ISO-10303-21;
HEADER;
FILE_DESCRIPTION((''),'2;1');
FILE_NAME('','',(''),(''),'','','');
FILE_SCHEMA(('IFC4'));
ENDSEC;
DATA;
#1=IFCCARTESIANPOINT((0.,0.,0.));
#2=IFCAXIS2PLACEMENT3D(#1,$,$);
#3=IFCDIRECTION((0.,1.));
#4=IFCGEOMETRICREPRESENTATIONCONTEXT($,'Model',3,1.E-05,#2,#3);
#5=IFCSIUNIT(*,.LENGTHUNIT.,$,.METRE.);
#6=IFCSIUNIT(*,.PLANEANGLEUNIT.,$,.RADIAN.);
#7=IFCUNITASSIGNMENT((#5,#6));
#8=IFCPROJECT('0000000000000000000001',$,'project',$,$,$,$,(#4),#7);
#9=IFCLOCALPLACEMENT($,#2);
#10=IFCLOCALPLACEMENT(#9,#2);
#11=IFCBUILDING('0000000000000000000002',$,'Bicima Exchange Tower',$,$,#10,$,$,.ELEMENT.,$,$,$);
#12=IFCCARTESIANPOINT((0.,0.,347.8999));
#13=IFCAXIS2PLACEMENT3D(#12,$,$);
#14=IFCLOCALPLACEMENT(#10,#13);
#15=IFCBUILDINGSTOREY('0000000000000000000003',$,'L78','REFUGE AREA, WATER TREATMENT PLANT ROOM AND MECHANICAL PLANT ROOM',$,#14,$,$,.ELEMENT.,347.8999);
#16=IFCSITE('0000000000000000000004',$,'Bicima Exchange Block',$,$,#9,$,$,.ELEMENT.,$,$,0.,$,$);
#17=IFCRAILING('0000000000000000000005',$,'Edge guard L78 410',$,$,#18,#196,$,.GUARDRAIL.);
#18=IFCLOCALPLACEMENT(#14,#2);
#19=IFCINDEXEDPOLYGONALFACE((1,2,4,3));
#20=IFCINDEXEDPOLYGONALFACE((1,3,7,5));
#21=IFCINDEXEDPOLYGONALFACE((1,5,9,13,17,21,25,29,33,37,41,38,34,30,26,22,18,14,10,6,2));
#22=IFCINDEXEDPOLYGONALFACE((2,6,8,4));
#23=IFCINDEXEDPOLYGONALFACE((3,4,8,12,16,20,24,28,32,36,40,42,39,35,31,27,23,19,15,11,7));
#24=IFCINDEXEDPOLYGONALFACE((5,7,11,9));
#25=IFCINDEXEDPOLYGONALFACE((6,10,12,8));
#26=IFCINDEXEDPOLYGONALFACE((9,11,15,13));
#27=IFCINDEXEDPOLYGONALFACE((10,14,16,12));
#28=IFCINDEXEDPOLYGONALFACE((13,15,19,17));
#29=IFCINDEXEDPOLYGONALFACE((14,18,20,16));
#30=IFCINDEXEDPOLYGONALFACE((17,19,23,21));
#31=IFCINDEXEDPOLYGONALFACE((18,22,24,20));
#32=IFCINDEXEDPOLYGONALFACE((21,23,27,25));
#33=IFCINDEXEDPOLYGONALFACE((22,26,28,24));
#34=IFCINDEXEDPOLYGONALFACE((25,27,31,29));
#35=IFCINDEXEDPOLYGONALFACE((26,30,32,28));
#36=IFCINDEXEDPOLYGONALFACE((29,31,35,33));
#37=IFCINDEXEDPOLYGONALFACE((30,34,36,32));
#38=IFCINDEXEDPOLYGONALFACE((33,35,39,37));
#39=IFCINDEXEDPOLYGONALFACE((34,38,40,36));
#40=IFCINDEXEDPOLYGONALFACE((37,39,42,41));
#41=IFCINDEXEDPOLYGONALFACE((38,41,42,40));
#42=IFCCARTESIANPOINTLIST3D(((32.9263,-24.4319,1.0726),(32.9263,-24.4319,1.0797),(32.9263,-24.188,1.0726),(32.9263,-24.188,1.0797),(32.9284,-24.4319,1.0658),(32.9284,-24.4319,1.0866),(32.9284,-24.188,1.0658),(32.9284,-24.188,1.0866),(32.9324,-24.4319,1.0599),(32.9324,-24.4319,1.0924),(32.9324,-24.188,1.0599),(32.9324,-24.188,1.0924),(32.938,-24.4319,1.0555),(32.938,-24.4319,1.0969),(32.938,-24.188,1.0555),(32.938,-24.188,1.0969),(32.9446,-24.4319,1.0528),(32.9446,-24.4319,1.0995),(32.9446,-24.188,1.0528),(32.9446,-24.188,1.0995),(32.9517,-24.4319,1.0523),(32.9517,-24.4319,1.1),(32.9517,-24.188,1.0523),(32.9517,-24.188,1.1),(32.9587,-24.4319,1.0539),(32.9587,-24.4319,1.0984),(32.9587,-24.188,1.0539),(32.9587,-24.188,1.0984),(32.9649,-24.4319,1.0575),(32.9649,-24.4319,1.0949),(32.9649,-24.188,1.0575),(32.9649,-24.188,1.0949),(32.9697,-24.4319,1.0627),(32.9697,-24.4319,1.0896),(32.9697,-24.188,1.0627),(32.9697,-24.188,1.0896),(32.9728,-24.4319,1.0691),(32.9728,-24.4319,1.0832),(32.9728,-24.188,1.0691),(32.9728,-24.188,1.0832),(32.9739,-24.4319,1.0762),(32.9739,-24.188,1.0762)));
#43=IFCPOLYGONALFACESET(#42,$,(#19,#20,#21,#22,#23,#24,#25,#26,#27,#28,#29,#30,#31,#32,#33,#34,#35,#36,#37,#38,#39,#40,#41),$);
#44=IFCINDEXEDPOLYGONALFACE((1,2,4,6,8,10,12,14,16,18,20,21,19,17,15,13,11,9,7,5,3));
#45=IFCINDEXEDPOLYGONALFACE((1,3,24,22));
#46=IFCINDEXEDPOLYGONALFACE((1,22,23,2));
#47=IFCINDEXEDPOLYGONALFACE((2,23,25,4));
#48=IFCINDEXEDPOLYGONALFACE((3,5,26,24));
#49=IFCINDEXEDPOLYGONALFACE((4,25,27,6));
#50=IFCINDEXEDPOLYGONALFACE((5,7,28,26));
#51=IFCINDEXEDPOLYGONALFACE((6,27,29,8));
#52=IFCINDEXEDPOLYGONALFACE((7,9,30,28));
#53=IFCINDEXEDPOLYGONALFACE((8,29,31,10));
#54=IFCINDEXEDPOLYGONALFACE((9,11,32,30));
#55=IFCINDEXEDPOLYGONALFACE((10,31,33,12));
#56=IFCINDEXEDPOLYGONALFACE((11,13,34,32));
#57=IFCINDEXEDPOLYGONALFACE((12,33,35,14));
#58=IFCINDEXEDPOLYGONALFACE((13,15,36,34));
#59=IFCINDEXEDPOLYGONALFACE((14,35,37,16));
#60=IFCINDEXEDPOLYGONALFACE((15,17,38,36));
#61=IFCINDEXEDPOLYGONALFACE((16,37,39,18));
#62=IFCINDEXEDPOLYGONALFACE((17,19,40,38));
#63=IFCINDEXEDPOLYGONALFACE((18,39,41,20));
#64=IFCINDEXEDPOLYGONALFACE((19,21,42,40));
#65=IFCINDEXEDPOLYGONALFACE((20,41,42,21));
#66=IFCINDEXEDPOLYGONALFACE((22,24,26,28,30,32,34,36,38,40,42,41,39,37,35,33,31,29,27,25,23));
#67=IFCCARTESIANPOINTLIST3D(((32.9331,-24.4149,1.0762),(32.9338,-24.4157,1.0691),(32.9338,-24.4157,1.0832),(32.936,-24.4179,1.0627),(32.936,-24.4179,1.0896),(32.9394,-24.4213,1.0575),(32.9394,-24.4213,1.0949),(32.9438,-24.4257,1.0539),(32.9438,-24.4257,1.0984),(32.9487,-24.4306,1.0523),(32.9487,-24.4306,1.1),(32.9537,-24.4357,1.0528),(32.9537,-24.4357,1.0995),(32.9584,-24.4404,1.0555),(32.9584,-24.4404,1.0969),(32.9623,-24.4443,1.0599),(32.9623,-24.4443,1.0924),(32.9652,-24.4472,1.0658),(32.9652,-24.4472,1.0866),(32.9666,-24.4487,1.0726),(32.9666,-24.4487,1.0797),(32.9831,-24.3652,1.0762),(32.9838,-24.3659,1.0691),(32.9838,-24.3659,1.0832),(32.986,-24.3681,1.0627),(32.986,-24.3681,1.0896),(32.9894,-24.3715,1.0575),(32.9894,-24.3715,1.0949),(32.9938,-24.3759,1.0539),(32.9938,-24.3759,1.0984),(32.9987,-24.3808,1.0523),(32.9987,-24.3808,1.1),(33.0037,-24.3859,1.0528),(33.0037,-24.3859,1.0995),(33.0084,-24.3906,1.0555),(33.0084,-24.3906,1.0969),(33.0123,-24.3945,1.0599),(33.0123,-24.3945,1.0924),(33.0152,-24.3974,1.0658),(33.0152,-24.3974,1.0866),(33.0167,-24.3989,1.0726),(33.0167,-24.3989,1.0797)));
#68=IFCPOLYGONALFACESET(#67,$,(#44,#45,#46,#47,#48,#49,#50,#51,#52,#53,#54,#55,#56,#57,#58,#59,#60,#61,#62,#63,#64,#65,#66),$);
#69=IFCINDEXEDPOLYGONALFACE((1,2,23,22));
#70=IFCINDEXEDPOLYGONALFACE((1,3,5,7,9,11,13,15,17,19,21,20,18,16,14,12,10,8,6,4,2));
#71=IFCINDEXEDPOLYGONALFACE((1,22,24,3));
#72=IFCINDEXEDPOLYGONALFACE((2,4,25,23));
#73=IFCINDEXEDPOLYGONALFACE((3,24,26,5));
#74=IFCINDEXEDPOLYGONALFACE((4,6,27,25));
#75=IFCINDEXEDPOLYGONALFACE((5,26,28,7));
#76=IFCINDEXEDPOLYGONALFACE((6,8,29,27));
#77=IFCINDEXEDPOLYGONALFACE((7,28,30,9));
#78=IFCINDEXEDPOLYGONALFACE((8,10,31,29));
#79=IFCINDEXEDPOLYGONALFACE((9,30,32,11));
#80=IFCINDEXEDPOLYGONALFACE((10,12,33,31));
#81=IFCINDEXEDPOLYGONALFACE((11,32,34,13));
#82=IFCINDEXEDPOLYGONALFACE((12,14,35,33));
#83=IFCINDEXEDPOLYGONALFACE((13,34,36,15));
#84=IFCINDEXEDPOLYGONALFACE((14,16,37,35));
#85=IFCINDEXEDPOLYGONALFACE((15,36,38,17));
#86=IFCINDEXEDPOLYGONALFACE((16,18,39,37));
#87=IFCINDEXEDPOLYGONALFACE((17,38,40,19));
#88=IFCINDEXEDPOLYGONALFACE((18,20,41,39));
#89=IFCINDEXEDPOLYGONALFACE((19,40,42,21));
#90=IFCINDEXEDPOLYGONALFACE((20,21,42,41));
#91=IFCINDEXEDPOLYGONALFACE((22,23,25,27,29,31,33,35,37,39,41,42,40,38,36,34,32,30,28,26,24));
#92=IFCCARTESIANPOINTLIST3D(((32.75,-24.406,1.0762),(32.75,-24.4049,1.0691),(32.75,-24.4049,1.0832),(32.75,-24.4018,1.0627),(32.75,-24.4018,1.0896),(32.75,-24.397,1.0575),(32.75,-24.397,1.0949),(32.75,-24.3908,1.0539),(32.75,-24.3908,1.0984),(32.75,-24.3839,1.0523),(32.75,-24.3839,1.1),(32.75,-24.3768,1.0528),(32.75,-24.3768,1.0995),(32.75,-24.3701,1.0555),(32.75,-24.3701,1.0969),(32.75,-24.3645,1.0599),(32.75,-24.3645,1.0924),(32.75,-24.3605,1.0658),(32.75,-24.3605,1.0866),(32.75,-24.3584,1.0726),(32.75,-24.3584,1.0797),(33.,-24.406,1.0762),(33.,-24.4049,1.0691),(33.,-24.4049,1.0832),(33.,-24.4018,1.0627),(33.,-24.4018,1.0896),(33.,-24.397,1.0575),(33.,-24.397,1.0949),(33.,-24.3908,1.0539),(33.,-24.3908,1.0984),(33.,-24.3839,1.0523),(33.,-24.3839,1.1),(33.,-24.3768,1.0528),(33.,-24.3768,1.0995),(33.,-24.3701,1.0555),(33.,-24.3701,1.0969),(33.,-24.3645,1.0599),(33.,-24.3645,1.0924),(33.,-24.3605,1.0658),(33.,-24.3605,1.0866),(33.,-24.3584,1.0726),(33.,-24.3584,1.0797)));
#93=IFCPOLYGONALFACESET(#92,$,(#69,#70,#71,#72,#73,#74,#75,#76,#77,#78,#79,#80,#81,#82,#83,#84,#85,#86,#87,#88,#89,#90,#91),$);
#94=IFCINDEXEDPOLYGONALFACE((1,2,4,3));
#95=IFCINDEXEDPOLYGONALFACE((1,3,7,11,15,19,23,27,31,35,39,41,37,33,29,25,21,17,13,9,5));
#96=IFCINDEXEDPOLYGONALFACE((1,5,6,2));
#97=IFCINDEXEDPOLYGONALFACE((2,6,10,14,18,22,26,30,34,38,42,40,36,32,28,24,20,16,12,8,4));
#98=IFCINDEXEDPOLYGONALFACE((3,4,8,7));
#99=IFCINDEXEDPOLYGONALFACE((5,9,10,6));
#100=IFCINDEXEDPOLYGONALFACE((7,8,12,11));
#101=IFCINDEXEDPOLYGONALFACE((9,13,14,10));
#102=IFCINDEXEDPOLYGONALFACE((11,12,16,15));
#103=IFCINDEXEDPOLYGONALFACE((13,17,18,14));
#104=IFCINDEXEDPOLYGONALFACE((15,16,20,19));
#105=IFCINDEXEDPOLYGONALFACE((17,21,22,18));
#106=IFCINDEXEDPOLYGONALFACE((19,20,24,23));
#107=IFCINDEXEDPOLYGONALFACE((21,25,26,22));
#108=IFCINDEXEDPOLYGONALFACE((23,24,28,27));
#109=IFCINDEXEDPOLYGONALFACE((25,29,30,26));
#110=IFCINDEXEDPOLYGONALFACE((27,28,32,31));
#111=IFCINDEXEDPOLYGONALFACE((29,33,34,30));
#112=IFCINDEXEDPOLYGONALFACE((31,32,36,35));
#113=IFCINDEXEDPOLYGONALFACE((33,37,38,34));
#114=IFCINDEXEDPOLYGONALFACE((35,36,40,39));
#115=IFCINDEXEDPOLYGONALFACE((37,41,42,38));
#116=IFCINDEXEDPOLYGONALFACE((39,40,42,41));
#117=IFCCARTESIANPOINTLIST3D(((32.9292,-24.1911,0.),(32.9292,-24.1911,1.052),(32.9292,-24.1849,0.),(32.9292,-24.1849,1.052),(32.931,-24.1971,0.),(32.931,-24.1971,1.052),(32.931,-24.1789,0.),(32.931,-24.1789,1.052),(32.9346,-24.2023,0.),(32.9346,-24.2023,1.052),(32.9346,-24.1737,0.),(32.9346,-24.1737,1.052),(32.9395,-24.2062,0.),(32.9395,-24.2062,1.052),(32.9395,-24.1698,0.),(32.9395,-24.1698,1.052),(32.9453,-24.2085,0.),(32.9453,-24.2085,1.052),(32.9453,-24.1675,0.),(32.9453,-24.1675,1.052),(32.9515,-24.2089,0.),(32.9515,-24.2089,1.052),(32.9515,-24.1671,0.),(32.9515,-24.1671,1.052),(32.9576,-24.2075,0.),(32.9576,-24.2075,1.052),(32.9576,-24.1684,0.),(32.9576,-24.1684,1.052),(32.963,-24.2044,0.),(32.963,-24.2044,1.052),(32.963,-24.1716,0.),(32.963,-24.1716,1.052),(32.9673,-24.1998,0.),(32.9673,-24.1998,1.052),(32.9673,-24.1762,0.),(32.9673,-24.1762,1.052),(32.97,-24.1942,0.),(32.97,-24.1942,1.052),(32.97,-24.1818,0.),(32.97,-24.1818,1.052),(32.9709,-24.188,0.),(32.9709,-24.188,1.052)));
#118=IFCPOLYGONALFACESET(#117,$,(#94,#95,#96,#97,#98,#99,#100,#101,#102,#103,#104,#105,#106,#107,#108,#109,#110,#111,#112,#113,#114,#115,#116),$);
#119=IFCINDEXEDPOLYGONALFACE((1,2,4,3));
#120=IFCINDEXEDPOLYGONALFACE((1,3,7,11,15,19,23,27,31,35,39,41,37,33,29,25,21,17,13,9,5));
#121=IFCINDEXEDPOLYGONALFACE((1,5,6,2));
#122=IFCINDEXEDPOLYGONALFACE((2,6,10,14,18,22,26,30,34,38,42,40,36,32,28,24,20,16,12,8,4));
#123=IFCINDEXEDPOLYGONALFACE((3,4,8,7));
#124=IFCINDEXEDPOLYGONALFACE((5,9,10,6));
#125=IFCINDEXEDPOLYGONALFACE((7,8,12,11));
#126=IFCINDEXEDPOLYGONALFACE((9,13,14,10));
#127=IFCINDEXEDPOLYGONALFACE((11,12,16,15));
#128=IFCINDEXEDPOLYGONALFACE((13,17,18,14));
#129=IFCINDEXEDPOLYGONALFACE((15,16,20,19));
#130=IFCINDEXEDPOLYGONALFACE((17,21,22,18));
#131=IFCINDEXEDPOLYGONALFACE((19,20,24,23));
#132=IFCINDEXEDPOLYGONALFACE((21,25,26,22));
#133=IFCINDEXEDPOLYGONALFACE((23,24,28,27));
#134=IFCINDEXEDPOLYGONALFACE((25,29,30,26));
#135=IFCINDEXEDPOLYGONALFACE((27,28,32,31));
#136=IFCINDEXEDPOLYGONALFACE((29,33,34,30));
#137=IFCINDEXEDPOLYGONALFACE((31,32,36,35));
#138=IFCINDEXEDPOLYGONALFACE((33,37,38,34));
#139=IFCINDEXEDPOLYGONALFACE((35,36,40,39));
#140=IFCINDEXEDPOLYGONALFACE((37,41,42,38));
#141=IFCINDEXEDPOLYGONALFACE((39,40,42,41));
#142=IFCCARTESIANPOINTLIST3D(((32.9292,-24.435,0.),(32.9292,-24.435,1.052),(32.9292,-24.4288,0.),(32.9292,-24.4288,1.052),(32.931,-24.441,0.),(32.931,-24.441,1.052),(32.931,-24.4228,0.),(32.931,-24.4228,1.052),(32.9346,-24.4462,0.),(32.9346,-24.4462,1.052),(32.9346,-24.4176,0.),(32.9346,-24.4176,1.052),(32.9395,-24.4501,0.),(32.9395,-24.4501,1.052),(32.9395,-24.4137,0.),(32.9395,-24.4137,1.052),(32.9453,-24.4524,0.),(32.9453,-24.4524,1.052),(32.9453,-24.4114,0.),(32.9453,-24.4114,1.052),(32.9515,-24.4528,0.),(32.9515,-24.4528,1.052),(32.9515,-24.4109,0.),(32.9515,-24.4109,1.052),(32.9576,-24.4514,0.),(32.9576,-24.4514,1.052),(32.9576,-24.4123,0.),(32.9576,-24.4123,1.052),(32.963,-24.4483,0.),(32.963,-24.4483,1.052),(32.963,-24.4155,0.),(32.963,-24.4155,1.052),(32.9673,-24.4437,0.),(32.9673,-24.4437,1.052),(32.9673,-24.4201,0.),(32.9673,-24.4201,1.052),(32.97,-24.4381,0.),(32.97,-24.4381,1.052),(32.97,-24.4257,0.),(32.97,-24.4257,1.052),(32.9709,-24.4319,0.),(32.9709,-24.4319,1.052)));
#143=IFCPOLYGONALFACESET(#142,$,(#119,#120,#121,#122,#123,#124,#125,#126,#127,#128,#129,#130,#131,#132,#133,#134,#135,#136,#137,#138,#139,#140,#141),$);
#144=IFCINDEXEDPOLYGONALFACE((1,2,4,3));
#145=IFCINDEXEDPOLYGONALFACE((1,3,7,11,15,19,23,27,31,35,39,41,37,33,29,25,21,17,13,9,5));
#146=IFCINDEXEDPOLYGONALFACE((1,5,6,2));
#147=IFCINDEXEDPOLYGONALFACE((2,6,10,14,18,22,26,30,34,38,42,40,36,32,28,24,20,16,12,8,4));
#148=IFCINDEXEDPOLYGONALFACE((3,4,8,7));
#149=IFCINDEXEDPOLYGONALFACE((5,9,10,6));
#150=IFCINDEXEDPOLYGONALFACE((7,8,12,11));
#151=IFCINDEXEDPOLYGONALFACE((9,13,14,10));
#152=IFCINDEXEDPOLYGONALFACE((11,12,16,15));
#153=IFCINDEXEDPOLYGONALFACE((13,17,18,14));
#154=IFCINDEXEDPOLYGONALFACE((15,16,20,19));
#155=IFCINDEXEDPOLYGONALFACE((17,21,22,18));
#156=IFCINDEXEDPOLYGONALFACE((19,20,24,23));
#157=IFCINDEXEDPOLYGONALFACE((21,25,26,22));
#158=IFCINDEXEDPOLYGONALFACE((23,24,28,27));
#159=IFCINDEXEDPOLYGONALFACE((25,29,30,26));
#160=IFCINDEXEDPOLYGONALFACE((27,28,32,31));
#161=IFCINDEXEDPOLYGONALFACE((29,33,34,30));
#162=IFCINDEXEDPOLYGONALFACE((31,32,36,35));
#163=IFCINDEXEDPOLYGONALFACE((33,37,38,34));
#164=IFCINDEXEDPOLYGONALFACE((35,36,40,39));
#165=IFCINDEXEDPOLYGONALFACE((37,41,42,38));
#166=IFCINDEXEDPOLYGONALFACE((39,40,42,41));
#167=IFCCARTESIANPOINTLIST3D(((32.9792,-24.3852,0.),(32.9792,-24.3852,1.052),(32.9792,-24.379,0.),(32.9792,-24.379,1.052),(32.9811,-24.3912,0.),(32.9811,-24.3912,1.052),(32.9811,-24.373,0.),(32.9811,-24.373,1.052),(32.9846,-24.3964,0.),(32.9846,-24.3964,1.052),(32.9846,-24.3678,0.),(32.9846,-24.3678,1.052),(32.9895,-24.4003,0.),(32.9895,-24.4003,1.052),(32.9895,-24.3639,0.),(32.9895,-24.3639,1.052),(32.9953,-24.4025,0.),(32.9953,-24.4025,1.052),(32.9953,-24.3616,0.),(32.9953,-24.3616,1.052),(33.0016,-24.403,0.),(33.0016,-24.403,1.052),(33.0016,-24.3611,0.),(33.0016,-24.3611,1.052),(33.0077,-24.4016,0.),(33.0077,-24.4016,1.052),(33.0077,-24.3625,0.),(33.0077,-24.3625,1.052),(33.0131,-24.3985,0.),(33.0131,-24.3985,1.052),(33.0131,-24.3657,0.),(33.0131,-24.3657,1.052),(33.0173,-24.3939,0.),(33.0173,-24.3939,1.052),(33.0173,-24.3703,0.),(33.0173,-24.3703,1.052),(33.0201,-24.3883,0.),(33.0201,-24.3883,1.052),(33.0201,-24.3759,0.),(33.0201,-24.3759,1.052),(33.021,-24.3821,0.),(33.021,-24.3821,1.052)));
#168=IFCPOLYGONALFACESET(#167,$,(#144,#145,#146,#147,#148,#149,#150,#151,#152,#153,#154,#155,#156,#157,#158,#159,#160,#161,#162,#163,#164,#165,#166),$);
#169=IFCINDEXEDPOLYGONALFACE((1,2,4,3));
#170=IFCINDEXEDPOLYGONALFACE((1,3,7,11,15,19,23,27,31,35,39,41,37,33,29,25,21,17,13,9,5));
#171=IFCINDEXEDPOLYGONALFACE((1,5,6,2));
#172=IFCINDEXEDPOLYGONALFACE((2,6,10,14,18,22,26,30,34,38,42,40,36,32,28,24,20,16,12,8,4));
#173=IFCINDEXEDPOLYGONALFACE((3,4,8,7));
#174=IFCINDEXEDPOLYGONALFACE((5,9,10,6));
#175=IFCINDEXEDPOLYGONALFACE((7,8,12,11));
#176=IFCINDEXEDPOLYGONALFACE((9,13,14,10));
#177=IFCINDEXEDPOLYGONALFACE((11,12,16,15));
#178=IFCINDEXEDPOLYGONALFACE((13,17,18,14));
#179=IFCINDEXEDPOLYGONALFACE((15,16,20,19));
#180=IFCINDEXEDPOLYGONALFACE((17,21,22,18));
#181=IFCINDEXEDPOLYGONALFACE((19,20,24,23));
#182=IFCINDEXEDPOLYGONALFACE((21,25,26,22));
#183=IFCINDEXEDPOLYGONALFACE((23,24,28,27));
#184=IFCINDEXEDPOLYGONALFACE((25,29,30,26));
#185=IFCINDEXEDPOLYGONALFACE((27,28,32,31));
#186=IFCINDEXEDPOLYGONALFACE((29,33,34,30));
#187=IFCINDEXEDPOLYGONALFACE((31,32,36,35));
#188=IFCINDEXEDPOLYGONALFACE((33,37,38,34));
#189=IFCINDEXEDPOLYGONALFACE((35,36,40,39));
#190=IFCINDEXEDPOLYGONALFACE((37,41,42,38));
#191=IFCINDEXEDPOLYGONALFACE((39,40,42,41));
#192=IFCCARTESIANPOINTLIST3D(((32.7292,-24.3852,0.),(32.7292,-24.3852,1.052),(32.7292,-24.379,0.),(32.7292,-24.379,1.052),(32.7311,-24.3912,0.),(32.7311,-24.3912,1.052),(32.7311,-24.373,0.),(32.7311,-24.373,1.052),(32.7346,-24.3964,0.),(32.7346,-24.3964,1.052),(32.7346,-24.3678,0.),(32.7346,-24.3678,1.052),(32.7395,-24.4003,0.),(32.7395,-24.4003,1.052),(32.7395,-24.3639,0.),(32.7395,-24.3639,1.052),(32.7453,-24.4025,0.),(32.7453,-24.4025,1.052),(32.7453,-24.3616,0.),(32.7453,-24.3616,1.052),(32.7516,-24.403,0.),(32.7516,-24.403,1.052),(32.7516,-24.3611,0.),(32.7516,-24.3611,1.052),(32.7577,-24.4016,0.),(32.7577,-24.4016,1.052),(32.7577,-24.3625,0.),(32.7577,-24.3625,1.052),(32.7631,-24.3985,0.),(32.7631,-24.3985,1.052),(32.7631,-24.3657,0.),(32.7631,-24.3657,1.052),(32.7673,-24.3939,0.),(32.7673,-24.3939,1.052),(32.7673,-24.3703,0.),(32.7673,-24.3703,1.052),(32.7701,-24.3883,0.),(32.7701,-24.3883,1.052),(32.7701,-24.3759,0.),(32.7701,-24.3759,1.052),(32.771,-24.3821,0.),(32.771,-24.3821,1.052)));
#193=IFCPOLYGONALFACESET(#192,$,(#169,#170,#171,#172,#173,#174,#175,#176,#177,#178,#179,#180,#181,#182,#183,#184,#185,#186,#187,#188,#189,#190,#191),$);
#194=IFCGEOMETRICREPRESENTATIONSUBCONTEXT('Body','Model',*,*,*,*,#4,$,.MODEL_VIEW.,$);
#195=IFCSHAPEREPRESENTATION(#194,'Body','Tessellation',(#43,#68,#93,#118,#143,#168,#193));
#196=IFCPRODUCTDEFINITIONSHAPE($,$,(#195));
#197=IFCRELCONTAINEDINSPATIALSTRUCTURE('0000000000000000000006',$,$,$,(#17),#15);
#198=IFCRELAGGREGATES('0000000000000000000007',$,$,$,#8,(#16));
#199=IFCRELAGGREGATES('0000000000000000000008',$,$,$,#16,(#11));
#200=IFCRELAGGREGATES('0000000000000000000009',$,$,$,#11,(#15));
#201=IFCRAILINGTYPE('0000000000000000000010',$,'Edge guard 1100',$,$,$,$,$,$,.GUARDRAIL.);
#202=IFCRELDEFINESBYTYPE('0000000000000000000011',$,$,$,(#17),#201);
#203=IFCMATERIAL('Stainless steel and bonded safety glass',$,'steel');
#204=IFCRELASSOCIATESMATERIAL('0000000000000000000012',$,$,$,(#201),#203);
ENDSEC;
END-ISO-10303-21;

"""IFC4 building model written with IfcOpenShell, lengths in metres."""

from ifc_helpers import new_model, si_unit, direction, frame, origin, origin_2d, place, context, subcontext, project, spatial, circle, extrude, material, type_object, element, save


model = new_model("IFC4")

# Units and contexts
model_context = context("Model", 3, precision=1e-05, world=origin(), true_north=direction((0.0, 1.0)))
body_context = subcontext(model_context, "Body", "Model", "MODEL_VIEW")
ifc_project = project(units=[si_unit("LENGTHUNIT", "METRE"), si_unit("PLANEANGLEUNIT", "RADIAN")], contexts=[model_context])

# Site, building, storey
site_placement = place(None, origin())
site = spatial("IfcSite", under=ifc_project, at=site_placement, Name="Bicima Exchange Block", CompositionType="ELEMENT", RefElevation=0.0)
building_placement = place(site_placement, origin())
building = spatial("IfcBuilding", under=site, at=building_placement, Name="Bicima Exchange Tower", CompositionType="ELEMENT")
storey_placement = place(building_placement, frame((0.0, 0.0, 347.8999)))
storey = spatial("IfcBuildingStorey", under=building, at=storey_placement, Name="L78", Description="REFUGE AREA, WATER TREATMENT PLANT ROOM AND MECHANICAL PLANT ROOM", CompositionType="ELEMENT", Elevation=347.8999)

# Railing
ifc_material_1 = material(Name="Stainless steel and bonded safety glass", Category="steel")
railing_type = type_object("IfcRailingType", Name="Edge guard 1100", PredefinedType="GUARDRAIL", material=ifc_material_1)
railing_1_placement = place(storey_placement, frame((32.95, -24.188, 0.0)))
element("IfcRailing", 1, at=railing_1_placement, inside=storey, type_object=railing_type, Name="Edge guard L78 410", PredefinedType="GUARDRAIL", context=body_context, shape_type="SweptSolid", body=[
    extrude(circle(Radius=0.0239, at=origin_2d()), frame((0.0, 0.0, 1.0762), z_axis=(0.0, -1.0, 0.0), x_axis=(1.0, 0.0, 0.0)), (0.0, 0.0, 1.0), 0.2439),
    extrude(circle(Radius=0.0239, at=origin_2d()), frame((0.0, -0.2439, 1.0762), z_axis=(0.708834, 0.705376, 0.0), x_axis=(-0.705376, 0.708834, 0.0)), (0.0, 0.0, 1.0), 0.0706),
    extrude(circle(Radius=0.0239, at=origin_2d()), frame((0.05, -0.1941, 1.0762), z_axis=(-1.0, 0.0, 0.0), x_axis=(0.0, -1.0, 0.0)), (0.0, 0.0, 1.0), 0.25),
    extrude(circle(Radius=0.021, at=origin_2d()), origin(), (0.0, 0.0, 1.0), 1.052),
    extrude(circle(Radius=0.021, at=origin_2d()), frame((0.0, -0.2439, 0.0)), (0.0, 0.0, 1.0), 1.052),
    extrude(circle(Radius=0.021, at=origin_2d()), frame((0.05, -0.1941, 0.0)), (0.0, 0.0, 1.0), 1.052),
    extrude(circle(Radius=0.021, at=origin_2d()), frame((-0.2, -0.1941, 0.0)), (0.0, 0.0, 1.0), 1.052),
])

save(model, "model.ifc")
